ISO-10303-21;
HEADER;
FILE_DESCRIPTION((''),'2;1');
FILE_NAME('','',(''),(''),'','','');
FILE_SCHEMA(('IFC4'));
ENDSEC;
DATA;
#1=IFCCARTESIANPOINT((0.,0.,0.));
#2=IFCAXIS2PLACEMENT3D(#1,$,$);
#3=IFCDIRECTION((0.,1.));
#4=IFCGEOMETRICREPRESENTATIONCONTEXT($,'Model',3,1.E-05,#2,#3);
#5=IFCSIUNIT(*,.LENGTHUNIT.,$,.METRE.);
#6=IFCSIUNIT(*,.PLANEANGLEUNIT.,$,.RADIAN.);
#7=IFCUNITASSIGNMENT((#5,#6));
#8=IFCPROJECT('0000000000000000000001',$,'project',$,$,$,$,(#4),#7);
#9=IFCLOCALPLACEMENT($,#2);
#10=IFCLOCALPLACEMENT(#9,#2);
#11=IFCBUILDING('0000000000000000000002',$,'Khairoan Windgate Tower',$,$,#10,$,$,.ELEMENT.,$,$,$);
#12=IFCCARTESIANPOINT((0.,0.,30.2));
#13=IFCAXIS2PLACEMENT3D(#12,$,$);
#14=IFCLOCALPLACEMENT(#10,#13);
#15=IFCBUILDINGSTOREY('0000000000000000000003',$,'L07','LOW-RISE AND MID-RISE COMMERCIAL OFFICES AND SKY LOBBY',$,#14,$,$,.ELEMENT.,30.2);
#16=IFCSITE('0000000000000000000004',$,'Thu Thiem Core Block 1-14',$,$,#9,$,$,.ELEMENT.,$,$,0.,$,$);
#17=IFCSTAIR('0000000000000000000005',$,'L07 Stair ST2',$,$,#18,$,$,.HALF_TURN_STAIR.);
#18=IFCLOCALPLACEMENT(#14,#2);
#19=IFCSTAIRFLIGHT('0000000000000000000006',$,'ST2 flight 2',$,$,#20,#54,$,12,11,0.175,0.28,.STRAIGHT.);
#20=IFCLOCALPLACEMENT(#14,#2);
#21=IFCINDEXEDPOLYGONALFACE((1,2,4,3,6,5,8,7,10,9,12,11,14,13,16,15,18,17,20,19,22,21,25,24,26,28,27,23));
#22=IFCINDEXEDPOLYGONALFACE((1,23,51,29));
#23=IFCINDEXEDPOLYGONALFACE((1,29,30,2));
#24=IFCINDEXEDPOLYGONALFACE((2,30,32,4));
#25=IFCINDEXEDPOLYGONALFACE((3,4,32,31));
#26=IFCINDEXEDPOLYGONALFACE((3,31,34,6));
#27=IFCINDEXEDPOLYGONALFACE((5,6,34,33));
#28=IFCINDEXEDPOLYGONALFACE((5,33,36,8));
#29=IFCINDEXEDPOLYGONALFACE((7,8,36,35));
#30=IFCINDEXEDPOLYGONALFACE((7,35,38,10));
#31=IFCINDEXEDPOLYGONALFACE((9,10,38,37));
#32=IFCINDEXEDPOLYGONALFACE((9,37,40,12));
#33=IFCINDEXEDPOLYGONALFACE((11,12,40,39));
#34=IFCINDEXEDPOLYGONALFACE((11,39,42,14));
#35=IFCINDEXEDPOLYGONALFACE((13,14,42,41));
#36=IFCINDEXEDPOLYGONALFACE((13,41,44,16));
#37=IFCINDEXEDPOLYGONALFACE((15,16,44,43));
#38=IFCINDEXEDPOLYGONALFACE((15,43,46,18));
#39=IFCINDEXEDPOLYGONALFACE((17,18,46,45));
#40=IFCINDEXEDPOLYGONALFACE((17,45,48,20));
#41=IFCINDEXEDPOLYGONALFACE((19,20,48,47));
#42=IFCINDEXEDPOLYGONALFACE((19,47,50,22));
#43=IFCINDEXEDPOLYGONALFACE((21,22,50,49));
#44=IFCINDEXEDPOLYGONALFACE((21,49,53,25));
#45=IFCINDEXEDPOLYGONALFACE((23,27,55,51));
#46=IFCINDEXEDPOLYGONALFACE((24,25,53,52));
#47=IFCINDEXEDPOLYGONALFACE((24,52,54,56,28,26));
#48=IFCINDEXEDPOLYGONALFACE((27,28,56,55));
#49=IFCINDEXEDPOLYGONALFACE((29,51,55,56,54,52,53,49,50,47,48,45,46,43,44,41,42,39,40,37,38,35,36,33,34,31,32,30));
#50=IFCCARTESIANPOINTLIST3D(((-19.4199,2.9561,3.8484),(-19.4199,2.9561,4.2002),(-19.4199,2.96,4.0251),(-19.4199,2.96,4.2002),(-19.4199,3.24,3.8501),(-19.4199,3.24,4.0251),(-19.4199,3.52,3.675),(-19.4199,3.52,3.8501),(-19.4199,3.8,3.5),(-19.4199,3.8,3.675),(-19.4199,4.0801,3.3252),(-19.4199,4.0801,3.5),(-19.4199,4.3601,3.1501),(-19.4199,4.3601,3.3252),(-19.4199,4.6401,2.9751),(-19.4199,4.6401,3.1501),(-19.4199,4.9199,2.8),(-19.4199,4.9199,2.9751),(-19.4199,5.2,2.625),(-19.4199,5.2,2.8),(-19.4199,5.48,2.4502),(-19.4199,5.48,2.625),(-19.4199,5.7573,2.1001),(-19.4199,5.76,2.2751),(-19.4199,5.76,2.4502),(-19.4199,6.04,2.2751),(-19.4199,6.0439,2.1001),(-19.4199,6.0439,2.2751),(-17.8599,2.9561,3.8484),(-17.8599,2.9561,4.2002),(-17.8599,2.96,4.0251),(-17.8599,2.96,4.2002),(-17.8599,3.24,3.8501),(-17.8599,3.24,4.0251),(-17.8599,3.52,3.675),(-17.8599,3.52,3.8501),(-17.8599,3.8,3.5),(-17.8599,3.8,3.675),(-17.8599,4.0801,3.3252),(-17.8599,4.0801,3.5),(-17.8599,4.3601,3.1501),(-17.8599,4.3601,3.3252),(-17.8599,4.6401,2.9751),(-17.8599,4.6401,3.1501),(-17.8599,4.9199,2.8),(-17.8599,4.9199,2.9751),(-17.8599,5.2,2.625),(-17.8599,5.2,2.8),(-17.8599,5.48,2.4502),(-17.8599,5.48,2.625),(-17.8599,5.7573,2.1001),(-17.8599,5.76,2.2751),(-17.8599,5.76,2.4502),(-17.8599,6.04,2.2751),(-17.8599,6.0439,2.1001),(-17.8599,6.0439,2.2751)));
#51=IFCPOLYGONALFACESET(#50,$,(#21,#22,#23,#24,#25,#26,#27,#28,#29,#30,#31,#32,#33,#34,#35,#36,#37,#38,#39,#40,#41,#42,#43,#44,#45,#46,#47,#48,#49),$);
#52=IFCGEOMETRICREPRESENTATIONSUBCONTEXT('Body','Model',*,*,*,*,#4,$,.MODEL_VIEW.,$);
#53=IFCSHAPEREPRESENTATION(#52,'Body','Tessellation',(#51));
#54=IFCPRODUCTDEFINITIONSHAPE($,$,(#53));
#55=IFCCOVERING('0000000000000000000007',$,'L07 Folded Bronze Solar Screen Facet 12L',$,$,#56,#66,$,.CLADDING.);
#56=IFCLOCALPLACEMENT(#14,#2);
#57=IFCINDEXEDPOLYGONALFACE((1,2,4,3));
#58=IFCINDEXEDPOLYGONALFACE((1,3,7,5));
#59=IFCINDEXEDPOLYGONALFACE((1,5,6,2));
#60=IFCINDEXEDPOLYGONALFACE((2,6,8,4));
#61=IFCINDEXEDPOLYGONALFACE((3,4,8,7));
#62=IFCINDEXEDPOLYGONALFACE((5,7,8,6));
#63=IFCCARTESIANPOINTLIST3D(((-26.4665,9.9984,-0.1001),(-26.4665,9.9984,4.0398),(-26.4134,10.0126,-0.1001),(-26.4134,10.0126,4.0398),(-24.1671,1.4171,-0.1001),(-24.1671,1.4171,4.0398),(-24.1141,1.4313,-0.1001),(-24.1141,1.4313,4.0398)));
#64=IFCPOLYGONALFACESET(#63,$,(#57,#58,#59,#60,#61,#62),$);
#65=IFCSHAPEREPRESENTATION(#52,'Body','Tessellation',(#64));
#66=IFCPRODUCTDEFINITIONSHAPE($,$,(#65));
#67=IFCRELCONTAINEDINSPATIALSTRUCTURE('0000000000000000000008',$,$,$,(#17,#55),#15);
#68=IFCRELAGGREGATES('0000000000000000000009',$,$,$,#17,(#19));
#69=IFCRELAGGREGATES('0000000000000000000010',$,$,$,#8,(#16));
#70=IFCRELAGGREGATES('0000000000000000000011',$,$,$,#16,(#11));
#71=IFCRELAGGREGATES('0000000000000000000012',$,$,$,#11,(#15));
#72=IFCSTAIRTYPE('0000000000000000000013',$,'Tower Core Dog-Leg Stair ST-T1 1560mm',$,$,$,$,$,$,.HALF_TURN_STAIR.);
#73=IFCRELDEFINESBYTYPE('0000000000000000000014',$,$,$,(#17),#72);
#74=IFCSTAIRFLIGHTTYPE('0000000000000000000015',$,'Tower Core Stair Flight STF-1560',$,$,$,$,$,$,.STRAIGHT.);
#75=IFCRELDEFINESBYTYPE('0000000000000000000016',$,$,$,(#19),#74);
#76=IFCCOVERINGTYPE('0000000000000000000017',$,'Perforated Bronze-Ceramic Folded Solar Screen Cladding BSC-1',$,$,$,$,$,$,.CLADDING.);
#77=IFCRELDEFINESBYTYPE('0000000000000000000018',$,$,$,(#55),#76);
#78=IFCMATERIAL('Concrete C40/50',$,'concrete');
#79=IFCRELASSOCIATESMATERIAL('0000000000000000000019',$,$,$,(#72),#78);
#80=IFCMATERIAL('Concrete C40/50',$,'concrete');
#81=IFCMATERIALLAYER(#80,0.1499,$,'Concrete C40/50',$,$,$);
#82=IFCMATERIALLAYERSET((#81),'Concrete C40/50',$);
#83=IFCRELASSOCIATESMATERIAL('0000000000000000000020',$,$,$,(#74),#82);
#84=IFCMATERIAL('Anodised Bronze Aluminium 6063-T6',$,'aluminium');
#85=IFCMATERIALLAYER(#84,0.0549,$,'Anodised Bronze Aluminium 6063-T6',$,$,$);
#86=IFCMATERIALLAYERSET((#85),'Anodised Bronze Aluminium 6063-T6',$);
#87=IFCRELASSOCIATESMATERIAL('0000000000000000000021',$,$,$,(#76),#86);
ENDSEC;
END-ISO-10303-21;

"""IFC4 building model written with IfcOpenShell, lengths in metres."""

from ifc_helpers import new_model, si_unit, direction, frame, origin, origin_2d, place, context, subcontext, project, spatial, polyline, rectangle, outline, extrude, material, layer, layer_set, type_object, element, aggregate, save


model = new_model("IFC4")

# Units and contexts
model_context = context("Model", 3, precision=1e-05, world=origin(), true_north=direction((0.0, 1.0)))
body_context = subcontext(model_context, "Body", "Model", "MODEL_VIEW")
ifc_project = project(units=[si_unit("LENGTHUNIT", "METRE"), si_unit("PLANEANGLEUNIT", "RADIAN")], contexts=[model_context])

# Site, building, storey
site_placement = place(None, origin())
site = spatial("IfcSite", under=ifc_project, at=site_placement, Name="Thu Thiem Core Block 1-14", CompositionType="ELEMENT", RefElevation=0.0)
building_placement = place(site_placement, origin())
building = spatial("IfcBuilding", under=site, at=building_placement, Name="Khairoan Windgate Tower", CompositionType="ELEMENT")
storey_placement = place(building_placement, frame((0.0, 0.0, 30.2)))
storey = spatial("IfcBuildingStorey", under=building, at=storey_placement, Name="L07", Description="LOW-RISE AND MID-RISE COMMERCIAL OFFICES AND SKY LOBBY", CompositionType="ELEMENT", Elevation=30.2)

# Stair, stair flight
ifc_material_1 = material(Name="Concrete C40/50", Category="concrete")
stair_type = type_object("IfcStairType", Name="Tower Core Dog-Leg Stair ST-T1 1560mm", PredefinedType="HALF_TURN_STAIR", material=ifc_material_1)
stair_placement = place(storey_placement, origin())
stair = element("IfcStair", 1, at=stair_placement, inside=storey, type_object=stair_type, Name="L07 Stair ST2", PredefinedType="HALF_TURN_STAIR")
ifc_material_2 = material(Name="Concrete C40/50", Category="concrete")
ifc_layer_1 = layer(ifc_material_2, 0.1499, Name="Concrete C40/50")
ifc_layer_set_1 = layer_set([ifc_layer_1], Name="Concrete C40/50")
stair_flight_type = type_object("IfcStairFlightType", Name="Tower Core Stair Flight STF-1560", PredefinedType="STRAIGHT", material=ifc_layer_set_1)
stair_flight_1_placement = place(storey_placement, frame((-18.6399, 6.04, 2.1001), z_axis=(0.0, 0.0, 1.0), x_axis=(0.0, -1.0, 0.0)))
stair_flight_1 = element("IfcStairFlight", 2, at=stair_flight_1_placement, type_object=stair_flight_type, Name="ST2 flight 2", NumberOfRisers=12, NumberOfTreads=11, PredefinedType="STRAIGHT", RiserHeight=0.175, TreadLength=0.28, context=body_context, shape_type="SweptSolid", body=[
    extrude(outline(polyline([(-0.0039, 0.0), (-0.0039, 0.175), (0.0, 0.175), (0.28, 0.175), (0.28, 0.3501), (0.5601, 0.3501), (0.5601, 0.5249), (0.8401, 0.5249), (0.8401, 0.7), (1.1201, 0.7), (1.1201, 0.875), (1.3999, 0.875), (1.3999, 1.05), (1.6799, 1.05), (1.6799, 1.2251), (1.96, 1.2251), (1.96, 1.3999), (2.24, 1.3999), (2.24, 1.575), (2.52, 1.575), (2.52, 1.75), (2.8, 1.75), (2.8, 1.925), (3.0801, 1.925), (3.0801, 2.1001), (3.084, 2.1001), (3.084, 1.7483), (0.2827, 0.0), (-0.0039, 0.0)])), frame((0.0, 0.78, 0.0), z_axis=(0.0, -1.0, 0.0), x_axis=(1.0, 0.0, 0.0)), (0.0, 0.0, 1.0), 1.5601),
])
aggregate(stair, [stair_flight_1])

# Covering
ifc_material_3 = material(Name="Anodised Bronze Aluminium 6063-T6", Category="aluminium")
ifc_layer_2 = layer(ifc_material_3, 0.0549, Name="Anodised Bronze Aluminium 6063-T6")
ifc_layer_set_2 = layer_set([ifc_layer_2], Name="Anodised Bronze Aluminium 6063-T6")
covering_type = type_object("IfcCoveringType", Name="Perforated Bronze-Ceramic Folded Solar Screen Cladding BSC-1", PredefinedType="CLADDING", material=ifc_layer_set_2)
covering_placement = place(storey_placement, frame((-25.2903, 5.7148, -0.1001), z_axis=(0.0, 0.0, 1.0), x_axis=(-0.258819, 0.965926, 0.0)))
element("IfcCovering", 3, at=covering_placement, inside=storey, type_object=covering_type, Name="L07 Folded Bronze Solar Screen Facet 12L", PredefinedType="CLADDING", context=body_context, shape_type="SweptSolid", body=[
    extrude(rectangle(XDim=8.884, YDim=0.0549, at=origin_2d()), origin(), (0.0, 0.0, 1.0), 4.1399),
])

save(model, "model.ifc")
